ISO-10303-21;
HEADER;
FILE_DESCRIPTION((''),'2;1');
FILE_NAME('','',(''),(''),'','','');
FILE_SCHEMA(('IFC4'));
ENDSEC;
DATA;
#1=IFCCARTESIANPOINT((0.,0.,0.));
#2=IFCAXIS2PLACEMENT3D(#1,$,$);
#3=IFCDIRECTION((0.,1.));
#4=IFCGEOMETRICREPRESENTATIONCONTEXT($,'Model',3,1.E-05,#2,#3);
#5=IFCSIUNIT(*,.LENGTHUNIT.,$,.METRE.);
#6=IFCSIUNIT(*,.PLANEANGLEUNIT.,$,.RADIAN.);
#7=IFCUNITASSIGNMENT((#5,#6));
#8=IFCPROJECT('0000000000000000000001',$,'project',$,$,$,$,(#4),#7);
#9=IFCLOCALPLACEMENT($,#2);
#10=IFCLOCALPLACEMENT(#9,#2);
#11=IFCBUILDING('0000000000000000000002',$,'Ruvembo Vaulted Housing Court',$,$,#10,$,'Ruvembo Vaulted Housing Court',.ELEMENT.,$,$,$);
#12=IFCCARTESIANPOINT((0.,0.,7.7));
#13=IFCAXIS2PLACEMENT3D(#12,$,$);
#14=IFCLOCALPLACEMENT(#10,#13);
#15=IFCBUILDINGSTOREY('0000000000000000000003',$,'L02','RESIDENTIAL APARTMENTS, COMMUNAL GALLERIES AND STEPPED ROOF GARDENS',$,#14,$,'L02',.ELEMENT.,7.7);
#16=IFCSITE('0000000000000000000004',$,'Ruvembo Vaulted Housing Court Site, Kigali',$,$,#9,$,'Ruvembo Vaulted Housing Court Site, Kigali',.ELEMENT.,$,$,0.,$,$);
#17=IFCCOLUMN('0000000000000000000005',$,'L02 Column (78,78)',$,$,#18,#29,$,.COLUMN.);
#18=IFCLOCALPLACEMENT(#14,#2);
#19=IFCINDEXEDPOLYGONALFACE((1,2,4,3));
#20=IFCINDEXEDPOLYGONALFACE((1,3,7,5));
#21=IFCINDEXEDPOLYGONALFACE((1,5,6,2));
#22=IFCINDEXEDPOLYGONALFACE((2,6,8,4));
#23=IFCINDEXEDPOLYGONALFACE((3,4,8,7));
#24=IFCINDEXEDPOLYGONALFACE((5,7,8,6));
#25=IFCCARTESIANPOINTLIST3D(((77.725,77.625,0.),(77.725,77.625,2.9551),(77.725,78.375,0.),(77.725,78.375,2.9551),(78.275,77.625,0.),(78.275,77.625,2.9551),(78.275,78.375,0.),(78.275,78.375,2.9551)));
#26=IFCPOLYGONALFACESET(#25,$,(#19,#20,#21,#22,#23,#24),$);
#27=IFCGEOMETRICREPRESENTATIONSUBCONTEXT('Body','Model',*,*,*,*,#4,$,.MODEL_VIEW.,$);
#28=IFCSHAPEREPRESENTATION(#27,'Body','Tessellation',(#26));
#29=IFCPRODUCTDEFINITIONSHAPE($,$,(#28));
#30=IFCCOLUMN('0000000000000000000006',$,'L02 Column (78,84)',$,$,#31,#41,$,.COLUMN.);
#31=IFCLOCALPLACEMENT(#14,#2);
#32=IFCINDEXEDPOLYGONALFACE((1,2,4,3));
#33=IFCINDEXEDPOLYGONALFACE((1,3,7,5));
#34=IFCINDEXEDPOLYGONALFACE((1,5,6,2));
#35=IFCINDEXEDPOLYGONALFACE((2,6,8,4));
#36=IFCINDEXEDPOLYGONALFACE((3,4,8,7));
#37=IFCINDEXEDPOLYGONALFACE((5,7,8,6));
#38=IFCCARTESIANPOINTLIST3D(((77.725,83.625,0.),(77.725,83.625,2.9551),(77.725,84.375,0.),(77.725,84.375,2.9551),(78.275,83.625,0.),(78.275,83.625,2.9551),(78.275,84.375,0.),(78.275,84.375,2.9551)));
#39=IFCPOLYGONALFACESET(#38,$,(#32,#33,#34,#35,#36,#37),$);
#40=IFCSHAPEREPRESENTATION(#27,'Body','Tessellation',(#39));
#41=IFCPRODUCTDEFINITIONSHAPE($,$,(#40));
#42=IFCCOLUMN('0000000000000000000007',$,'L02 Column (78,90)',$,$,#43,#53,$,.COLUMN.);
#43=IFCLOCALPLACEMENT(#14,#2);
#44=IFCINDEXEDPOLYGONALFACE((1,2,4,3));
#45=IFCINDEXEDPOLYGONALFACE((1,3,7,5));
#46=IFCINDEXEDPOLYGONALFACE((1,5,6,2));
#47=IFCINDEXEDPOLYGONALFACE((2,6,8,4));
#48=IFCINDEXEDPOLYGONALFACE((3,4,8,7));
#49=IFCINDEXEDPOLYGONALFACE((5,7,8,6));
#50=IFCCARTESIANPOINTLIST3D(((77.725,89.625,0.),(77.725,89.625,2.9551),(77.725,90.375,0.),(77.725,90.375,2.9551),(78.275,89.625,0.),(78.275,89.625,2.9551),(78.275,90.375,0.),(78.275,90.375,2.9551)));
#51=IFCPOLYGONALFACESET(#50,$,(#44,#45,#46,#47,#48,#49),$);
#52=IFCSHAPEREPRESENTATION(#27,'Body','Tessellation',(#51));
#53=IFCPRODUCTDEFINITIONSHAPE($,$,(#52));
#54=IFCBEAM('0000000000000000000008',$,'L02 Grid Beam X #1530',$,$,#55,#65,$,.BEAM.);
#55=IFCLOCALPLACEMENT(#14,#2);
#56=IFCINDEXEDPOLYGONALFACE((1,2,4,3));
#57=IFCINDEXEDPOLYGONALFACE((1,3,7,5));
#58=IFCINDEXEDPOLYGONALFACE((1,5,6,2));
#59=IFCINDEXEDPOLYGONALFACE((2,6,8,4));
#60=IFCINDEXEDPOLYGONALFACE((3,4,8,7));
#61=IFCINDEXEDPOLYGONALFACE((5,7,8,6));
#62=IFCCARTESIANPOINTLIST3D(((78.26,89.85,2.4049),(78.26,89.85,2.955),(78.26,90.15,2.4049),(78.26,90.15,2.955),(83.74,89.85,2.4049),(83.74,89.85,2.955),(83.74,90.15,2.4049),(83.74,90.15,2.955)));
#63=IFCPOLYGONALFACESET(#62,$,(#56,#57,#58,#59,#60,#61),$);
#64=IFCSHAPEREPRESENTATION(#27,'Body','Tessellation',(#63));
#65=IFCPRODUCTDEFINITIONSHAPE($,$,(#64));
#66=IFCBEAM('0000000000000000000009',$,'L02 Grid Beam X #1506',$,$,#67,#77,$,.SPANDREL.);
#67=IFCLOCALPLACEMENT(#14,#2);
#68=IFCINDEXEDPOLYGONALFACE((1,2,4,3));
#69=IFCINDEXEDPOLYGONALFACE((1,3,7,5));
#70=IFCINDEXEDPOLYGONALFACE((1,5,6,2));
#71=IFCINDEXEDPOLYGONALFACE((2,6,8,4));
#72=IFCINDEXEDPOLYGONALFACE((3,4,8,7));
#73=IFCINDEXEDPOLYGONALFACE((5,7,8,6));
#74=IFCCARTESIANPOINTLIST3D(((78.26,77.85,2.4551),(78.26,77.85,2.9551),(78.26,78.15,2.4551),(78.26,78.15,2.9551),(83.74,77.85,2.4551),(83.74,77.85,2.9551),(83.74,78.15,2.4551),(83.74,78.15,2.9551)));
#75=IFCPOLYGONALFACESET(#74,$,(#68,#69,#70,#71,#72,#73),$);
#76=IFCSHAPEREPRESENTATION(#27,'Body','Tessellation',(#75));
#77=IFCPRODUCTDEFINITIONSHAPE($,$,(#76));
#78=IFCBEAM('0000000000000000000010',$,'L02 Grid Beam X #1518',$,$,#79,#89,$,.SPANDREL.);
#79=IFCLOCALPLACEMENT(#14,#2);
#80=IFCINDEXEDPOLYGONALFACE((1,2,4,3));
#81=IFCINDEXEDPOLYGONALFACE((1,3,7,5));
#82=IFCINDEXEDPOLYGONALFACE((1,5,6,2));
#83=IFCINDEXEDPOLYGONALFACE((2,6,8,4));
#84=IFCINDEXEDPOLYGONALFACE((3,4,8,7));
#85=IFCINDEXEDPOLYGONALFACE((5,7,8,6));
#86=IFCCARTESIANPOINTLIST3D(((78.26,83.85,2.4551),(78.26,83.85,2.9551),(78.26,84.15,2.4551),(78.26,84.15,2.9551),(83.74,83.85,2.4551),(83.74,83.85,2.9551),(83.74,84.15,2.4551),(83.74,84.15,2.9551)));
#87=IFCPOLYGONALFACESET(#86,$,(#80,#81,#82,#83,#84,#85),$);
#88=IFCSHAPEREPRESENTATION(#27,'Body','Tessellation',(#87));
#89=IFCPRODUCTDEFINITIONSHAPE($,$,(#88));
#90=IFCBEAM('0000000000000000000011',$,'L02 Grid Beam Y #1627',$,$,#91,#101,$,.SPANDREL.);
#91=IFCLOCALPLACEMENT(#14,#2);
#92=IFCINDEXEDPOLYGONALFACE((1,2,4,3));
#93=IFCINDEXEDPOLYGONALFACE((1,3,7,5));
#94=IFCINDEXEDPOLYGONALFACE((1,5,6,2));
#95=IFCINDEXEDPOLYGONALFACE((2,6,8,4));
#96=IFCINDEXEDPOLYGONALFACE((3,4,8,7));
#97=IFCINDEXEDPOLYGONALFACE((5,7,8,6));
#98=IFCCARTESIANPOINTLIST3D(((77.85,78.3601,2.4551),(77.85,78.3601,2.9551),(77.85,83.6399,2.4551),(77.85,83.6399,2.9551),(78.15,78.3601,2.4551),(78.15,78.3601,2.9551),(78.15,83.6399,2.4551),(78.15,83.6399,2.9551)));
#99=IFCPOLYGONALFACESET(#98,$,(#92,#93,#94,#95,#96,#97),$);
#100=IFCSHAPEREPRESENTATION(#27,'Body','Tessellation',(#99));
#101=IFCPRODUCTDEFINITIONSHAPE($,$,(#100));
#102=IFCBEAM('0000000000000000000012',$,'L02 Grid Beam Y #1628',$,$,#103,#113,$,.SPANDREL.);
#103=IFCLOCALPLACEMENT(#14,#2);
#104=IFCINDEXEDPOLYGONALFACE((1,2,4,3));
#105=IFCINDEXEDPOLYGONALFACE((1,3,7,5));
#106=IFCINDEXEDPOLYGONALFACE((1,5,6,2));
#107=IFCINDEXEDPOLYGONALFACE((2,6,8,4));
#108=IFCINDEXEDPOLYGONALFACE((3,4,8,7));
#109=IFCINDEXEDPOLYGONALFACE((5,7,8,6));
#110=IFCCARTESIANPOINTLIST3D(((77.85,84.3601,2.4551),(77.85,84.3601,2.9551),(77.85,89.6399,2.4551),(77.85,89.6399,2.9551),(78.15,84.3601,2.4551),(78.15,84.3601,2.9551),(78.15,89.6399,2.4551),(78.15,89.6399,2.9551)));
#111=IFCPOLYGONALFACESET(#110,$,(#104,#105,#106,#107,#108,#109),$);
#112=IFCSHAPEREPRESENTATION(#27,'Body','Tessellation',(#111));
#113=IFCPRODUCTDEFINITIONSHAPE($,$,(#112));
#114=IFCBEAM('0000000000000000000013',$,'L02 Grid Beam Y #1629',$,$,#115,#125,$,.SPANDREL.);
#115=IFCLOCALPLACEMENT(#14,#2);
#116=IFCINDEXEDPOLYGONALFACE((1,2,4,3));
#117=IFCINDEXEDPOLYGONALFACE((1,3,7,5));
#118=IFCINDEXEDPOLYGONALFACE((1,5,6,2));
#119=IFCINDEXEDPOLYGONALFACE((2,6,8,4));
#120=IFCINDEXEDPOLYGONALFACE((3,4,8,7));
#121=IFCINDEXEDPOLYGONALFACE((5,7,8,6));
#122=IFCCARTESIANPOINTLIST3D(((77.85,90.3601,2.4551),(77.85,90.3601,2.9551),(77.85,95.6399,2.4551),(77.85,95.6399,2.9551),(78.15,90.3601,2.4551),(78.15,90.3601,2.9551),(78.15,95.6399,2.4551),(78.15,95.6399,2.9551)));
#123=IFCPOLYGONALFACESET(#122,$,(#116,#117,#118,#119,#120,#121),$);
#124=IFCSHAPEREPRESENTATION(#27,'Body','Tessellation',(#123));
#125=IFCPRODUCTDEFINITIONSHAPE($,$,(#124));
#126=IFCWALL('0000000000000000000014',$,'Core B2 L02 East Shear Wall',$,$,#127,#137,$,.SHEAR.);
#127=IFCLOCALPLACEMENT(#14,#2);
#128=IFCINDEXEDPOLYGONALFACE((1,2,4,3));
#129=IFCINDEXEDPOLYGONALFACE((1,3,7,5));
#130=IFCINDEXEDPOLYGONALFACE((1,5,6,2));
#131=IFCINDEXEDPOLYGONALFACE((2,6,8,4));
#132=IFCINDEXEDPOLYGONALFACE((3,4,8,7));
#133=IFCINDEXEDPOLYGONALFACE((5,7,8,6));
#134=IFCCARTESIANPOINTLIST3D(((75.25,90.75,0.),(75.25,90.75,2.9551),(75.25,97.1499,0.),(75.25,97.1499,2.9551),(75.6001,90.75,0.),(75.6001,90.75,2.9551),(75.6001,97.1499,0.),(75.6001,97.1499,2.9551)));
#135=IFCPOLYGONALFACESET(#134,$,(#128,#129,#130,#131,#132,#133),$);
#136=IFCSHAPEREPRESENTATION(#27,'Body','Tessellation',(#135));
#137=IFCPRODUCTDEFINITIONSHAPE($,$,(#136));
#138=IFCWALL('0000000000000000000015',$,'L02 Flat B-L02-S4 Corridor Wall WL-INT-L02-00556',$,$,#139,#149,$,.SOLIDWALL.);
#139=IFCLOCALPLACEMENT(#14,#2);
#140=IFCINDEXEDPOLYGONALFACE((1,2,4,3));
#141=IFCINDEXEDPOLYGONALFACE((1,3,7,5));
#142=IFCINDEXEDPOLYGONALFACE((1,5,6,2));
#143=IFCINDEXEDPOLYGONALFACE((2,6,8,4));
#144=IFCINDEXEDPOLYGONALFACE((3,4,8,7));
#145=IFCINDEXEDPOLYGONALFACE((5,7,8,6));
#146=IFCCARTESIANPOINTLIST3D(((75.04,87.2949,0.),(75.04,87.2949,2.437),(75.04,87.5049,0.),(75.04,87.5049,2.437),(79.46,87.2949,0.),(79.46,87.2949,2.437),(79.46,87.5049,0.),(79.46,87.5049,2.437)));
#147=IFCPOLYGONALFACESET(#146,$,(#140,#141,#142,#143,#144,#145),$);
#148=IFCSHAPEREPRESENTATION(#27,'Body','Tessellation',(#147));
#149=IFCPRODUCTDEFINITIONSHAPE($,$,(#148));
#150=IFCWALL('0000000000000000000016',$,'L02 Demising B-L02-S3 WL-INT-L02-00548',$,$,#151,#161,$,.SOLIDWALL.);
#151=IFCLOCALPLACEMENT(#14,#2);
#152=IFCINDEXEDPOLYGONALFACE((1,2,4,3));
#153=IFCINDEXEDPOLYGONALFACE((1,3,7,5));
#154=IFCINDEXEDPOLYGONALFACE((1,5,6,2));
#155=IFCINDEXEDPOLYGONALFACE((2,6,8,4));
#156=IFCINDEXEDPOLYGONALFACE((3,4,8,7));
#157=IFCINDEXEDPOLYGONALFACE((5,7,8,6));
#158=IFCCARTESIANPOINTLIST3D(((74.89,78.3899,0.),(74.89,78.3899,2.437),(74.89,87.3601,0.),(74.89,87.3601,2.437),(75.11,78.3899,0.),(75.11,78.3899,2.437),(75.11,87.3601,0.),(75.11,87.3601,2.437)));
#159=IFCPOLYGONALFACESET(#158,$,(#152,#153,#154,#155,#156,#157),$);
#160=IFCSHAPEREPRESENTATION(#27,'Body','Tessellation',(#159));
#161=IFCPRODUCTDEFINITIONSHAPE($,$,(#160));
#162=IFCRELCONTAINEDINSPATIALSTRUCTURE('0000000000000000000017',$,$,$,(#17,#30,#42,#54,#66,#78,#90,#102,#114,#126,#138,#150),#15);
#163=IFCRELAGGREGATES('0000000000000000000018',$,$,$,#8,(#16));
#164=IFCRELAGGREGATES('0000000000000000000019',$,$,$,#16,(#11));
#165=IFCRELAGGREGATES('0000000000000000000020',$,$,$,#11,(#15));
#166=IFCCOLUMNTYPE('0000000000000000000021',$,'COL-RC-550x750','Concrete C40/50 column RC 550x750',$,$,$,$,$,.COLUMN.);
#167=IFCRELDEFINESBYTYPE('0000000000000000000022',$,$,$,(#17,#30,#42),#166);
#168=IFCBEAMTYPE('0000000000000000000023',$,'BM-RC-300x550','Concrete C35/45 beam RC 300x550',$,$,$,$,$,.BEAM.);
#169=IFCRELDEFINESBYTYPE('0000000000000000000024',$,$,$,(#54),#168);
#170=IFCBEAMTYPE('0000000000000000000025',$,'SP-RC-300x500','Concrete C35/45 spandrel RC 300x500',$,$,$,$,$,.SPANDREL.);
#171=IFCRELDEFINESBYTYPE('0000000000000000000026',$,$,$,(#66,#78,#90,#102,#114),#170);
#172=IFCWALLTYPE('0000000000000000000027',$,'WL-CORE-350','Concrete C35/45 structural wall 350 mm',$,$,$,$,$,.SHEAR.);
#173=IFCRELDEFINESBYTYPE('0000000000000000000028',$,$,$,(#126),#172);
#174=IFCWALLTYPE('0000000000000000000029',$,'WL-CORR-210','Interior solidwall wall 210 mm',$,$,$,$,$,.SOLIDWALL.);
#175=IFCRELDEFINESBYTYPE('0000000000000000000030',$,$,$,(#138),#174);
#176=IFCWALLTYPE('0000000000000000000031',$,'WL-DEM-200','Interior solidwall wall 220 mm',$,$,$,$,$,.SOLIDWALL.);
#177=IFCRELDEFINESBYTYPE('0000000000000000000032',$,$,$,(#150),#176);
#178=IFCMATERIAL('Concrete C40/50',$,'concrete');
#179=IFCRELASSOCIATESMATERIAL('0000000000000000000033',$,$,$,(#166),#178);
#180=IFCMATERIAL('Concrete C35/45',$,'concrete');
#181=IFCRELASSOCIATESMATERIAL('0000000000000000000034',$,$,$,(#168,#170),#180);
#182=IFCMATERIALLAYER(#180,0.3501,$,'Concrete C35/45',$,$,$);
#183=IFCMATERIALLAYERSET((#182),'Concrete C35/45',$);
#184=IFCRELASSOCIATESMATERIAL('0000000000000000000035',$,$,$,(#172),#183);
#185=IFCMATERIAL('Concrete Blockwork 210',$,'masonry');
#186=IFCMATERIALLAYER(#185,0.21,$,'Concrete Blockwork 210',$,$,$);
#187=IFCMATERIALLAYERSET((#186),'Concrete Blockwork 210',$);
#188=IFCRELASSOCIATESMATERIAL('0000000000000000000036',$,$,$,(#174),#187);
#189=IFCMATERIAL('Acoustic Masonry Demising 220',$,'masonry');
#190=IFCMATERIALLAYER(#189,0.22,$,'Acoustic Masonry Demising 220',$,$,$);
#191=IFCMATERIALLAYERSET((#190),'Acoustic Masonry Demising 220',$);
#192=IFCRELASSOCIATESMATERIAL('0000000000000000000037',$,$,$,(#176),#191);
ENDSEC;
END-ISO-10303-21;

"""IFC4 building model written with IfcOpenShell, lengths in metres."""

from ifc_helpers import new_model, si_unit, direction, frame, frame_2d, origin, origin_2d, place, context, subcontext, project, spatial, rectangle, extrude, material, layer, layer_set, material_profile, profile_set, type_object, element, save


model = new_model("IFC4")

# Units and contexts
model_context = context("Model", 3, precision=1e-05, world=origin(), true_north=direction((0.0, 1.0)))
body_context = subcontext(model_context, "Body", "Model", "MODEL_VIEW")
ifc_project = project(units=[si_unit("LENGTHUNIT", "METRE"), si_unit("PLANEANGLEUNIT", "RADIAN")], contexts=[model_context])

# Site, building, storey
site_placement = place(None, origin())
site = spatial("IfcSite", under=ifc_project, at=site_placement, Name="Ruvembo Vaulted Housing Court Site, Kigali", LongName="Ruvembo Vaulted Housing Court Site, Kigali", CompositionType="ELEMENT", RefElevation=0.0)
building_placement = place(site_placement, origin())
building = spatial("IfcBuilding", under=site, at=building_placement, Name="Ruvembo Vaulted Housing Court", LongName="Ruvembo Vaulted Housing Court", CompositionType="ELEMENT")
storey_placement = place(building_placement, frame((0.0, 0.0, 7.7)))
storey = spatial("IfcBuildingStorey", under=building, at=storey_placement, Name="L02", Description="RESIDENTIAL APARTMENTS, COMMUNAL GALLERIES AND STEPPED ROOF GARDENS", LongName="L02", CompositionType="ELEMENT", Elevation=7.7)

# Columns
ifc_material_1 = material(Name="Concrete C40/50", Category="concrete")
ifc_material_profile_1 = material_profile(ifc_material_1, rectangle(XDim=0.55, YDim=0.75, at=origin_2d()), Name="RC 550x750")
ifc_profile_set_1 = profile_set([ifc_material_profile_1], Name="Concrete C40/50")
column_type = type_object("IfcColumnType", Name="COL-RC-550x750", Description="Concrete C40/50 column RC 550x750", PredefinedType="COLUMN", material=ifc_profile_set_1)
for number, where, z_axis, x_axis, name in (
    (1, (78.0, 78.0, 0.0), (0.0, 0.0, 1.0), (1.0, 0.0, 0.0), "L02 Column (78,78)"),
    (2, (78.0, 84.0, 0.0), (0.0, 0.0, 1.0), (1.0, 0.0, 0.0), "L02 Column (78,84)"),
    (3, (78.0, 90.0, 0.0), (0.0, 0.0, 1.0), (1.0, 0.0, 0.0), "L02 Column (78,90)"),
):
    element("IfcColumn", number, at=place(storey_placement, frame(where, z_axis=z_axis, x_axis=x_axis)), inside=storey, type_object=column_type, Name=name, PredefinedType="COLUMN", context=body_context, shape_type="SweptSolid", body=[
        extrude(rectangle(XDim=0.55, YDim=0.75, at=origin_2d()), origin(), (0.0, 0.0, 1.0), 2.9551),
    ])

# Beams
ifc_material_2 = material(Name="Concrete C35/45", Category="concrete")
ifc_material_profile_2 = material_profile(ifc_material_2, rectangle(XDim=0.3, YDim=0.55, at=origin_2d()), Name="RC 300x550")
ifc_profile_set_2 = profile_set([ifc_material_profile_2], Name="Concrete C35/45")
beam_type_1 = type_object("IfcBeamType", Name="BM-RC-300x550", Description="Concrete C35/45 beam RC 300x550", PredefinedType="BEAM", material=ifc_profile_set_2)
beam_placement = place(storey_placement, frame((78.26, 90.0, 2.6799), z_axis=(1.0, 0.0, 0.0), x_axis=(0.0, 1.0, 0.0)))
element("IfcBeam", 4, at=beam_placement, inside=storey, type_object=beam_type_1, Name="L02 Grid Beam X #1530", PredefinedType="BEAM", context=body_context, shape_type="SweptSolid", body=[
    extrude(rectangle(XDim=0.3, YDim=0.55, at=origin_2d()), origin(), (0.0, 0.0, 1.0), 5.48),
])
ifc_material_profile_3 = material_profile(ifc_material_2, rectangle(XDim=0.3, YDim=0.5, at=origin_2d()), Name="RC 300x500")
ifc_profile_set_3 = profile_set([ifc_material_profile_3], Name="Concrete C35/45")
beam_type_2 = type_object("IfcBeamType", Name="SP-RC-300x500", Description="Concrete C35/45 spandrel RC 300x500", PredefinedType="SPANDREL", material=ifc_profile_set_3)
for number, where, z_axis, x_axis, name in (
    (5, (78.26, 78.0, 2.7051), (1.0, 0.0, 0.0), (0.0, 1.0, 0.0), "L02 Grid Beam X #1506"),
    (6, (78.26, 84.0, 2.7051), (1.0, 0.0, 0.0), (0.0, 1.0, 0.0), "L02 Grid Beam X #1518"),
):
    element("IfcBeam", number, at=place(storey_placement, frame(where, z_axis=z_axis, x_axis=x_axis)), inside=storey, type_object=beam_type_2, Name=name, PredefinedType="SPANDREL", context=body_context, shape_type="SweptSolid", body=[
        extrude(rectangle(XDim=0.3, YDim=0.5, at=origin_2d()), origin(), (0.0, 0.0, 1.0), 5.48),
    ])
for number, where, z_axis, x_axis, name in (
    (7, (78.0, 78.3601, 2.7051), (0.0, 1.0, 0.0), (-1.0, 0.0, 0.0), "L02 Grid Beam Y #1627"),
    (8, (78.0, 84.3601, 2.7051), (0.0, 1.0, 0.0), (-1.0, 0.0, 0.0), "L02 Grid Beam Y #1628"),
    (9, (78.0, 90.3601, 2.7051), (0.0, 1.0, 0.0), (-1.0, 0.0, 0.0), "L02 Grid Beam Y #1629"),
):
    element("IfcBeam", number, at=place(storey_placement, frame(where, z_axis=z_axis, x_axis=x_axis)), inside=storey, type_object=beam_type_2, Name=name, PredefinedType="SPANDREL", context=body_context, shape_type="SweptSolid", body=[
        extrude(rectangle(XDim=0.3, YDim=0.5, at=origin_2d()), origin(), (0.0, 0.0, 1.0), 5.2798),
    ])

# Walls
ifc_layer_1 = layer(ifc_material_2, 0.3501, Name="Concrete C35/45")
ifc_layer_set_1 = layer_set([ifc_layer_1], Name="Concrete C35/45")
wall_type_1 = type_object("IfcWallType", Name="WL-CORE-350", Description="Concrete C35/45 structural wall 350 mm", PredefinedType="SHEAR", material=ifc_layer_set_1)
wall_1_placement = place(storey_placement, frame((75.425, 90.75, 0.0), z_axis=(0.0, 0.0, 1.0), x_axis=(0.0, 1.0, 0.0)))
element("IfcWall", 10, at=wall_1_placement, inside=storey, type_object=wall_type_1, Name="Core B2 L02 East Shear Wall", PredefinedType="SHEAR", context=body_context, shape_type="SweptSolid", body=[
    extrude(rectangle(XDim=6.3999, YDim=0.3501, at=frame_2d((3.2, 0.0))), origin(), (0.0, 0.0, 1.0), 2.9551),
])
ifc_material_3 = material(Name="Concrete Blockwork 210", Category="masonry")
ifc_layer_2 = layer(ifc_material_3, 0.21, Name="Concrete Blockwork 210")
ifc_layer_set_2 = layer_set([ifc_layer_2], Name="Concrete Blockwork 210")
wall_type_2 = type_object("IfcWallType", Name="WL-CORR-210", Description="Interior solidwall wall 210 mm", PredefinedType="SOLIDWALL", material=ifc_layer_set_2)
wall_2_placement = place(storey_placement, frame((75.04, 87.3999, 0.0), z_axis=(0.0, 0.0, 1.0), x_axis=(1.0, 0.0, 0.0)))
element("IfcWall", 11, at=wall_2_placement, inside=storey, type_object=wall_type_2, Name="L02 Flat B-L02-S4 Corridor Wall WL-INT-L02-00556", PredefinedType="SOLIDWALL", context=body_context, shape_type="SweptSolid", body=[
    extrude(rectangle(XDim=4.4199, YDim=0.21, at=frame_2d((2.21, 0.0))), origin(), (0.0, 0.0, 1.0), 2.437),
])

# Wall
ifc_material_4 = material(Name="Acoustic Masonry Demising 220", Category="masonry")
ifc_layer_3 = layer(ifc_material_4, 0.22, Name="Acoustic Masonry Demising 220")
ifc_layer_set_3 = layer_set([ifc_layer_3], Name="Acoustic Masonry Demising 220")
wall_type_3 = type_object("IfcWallType", Name="WL-DEM-200", Description="Interior solidwall wall 220 mm", PredefinedType="SOLIDWALL", material=ifc_layer_set_3)
wall_3_placement = place(storey_placement, frame((75.0, 78.3899, 0.0), z_axis=(0.0, 0.0, 1.0), x_axis=(0.0, 1.0, 0.0)))
element("IfcWall", 12, at=wall_3_placement, inside=storey, type_object=wall_type_3, Name="L02 Demising B-L02-S3 WL-INT-L02-00548", PredefinedType="SOLIDWALL", context=body_context, shape_type="SweptSolid", body=[
    extrude(rectangle(XDim=8.9702, YDim=0.22, at=frame_2d((4.4851, 0.0))), origin(), (0.0, 0.0, 1.0), 2.437),
])

save(model, "model.ifc")
